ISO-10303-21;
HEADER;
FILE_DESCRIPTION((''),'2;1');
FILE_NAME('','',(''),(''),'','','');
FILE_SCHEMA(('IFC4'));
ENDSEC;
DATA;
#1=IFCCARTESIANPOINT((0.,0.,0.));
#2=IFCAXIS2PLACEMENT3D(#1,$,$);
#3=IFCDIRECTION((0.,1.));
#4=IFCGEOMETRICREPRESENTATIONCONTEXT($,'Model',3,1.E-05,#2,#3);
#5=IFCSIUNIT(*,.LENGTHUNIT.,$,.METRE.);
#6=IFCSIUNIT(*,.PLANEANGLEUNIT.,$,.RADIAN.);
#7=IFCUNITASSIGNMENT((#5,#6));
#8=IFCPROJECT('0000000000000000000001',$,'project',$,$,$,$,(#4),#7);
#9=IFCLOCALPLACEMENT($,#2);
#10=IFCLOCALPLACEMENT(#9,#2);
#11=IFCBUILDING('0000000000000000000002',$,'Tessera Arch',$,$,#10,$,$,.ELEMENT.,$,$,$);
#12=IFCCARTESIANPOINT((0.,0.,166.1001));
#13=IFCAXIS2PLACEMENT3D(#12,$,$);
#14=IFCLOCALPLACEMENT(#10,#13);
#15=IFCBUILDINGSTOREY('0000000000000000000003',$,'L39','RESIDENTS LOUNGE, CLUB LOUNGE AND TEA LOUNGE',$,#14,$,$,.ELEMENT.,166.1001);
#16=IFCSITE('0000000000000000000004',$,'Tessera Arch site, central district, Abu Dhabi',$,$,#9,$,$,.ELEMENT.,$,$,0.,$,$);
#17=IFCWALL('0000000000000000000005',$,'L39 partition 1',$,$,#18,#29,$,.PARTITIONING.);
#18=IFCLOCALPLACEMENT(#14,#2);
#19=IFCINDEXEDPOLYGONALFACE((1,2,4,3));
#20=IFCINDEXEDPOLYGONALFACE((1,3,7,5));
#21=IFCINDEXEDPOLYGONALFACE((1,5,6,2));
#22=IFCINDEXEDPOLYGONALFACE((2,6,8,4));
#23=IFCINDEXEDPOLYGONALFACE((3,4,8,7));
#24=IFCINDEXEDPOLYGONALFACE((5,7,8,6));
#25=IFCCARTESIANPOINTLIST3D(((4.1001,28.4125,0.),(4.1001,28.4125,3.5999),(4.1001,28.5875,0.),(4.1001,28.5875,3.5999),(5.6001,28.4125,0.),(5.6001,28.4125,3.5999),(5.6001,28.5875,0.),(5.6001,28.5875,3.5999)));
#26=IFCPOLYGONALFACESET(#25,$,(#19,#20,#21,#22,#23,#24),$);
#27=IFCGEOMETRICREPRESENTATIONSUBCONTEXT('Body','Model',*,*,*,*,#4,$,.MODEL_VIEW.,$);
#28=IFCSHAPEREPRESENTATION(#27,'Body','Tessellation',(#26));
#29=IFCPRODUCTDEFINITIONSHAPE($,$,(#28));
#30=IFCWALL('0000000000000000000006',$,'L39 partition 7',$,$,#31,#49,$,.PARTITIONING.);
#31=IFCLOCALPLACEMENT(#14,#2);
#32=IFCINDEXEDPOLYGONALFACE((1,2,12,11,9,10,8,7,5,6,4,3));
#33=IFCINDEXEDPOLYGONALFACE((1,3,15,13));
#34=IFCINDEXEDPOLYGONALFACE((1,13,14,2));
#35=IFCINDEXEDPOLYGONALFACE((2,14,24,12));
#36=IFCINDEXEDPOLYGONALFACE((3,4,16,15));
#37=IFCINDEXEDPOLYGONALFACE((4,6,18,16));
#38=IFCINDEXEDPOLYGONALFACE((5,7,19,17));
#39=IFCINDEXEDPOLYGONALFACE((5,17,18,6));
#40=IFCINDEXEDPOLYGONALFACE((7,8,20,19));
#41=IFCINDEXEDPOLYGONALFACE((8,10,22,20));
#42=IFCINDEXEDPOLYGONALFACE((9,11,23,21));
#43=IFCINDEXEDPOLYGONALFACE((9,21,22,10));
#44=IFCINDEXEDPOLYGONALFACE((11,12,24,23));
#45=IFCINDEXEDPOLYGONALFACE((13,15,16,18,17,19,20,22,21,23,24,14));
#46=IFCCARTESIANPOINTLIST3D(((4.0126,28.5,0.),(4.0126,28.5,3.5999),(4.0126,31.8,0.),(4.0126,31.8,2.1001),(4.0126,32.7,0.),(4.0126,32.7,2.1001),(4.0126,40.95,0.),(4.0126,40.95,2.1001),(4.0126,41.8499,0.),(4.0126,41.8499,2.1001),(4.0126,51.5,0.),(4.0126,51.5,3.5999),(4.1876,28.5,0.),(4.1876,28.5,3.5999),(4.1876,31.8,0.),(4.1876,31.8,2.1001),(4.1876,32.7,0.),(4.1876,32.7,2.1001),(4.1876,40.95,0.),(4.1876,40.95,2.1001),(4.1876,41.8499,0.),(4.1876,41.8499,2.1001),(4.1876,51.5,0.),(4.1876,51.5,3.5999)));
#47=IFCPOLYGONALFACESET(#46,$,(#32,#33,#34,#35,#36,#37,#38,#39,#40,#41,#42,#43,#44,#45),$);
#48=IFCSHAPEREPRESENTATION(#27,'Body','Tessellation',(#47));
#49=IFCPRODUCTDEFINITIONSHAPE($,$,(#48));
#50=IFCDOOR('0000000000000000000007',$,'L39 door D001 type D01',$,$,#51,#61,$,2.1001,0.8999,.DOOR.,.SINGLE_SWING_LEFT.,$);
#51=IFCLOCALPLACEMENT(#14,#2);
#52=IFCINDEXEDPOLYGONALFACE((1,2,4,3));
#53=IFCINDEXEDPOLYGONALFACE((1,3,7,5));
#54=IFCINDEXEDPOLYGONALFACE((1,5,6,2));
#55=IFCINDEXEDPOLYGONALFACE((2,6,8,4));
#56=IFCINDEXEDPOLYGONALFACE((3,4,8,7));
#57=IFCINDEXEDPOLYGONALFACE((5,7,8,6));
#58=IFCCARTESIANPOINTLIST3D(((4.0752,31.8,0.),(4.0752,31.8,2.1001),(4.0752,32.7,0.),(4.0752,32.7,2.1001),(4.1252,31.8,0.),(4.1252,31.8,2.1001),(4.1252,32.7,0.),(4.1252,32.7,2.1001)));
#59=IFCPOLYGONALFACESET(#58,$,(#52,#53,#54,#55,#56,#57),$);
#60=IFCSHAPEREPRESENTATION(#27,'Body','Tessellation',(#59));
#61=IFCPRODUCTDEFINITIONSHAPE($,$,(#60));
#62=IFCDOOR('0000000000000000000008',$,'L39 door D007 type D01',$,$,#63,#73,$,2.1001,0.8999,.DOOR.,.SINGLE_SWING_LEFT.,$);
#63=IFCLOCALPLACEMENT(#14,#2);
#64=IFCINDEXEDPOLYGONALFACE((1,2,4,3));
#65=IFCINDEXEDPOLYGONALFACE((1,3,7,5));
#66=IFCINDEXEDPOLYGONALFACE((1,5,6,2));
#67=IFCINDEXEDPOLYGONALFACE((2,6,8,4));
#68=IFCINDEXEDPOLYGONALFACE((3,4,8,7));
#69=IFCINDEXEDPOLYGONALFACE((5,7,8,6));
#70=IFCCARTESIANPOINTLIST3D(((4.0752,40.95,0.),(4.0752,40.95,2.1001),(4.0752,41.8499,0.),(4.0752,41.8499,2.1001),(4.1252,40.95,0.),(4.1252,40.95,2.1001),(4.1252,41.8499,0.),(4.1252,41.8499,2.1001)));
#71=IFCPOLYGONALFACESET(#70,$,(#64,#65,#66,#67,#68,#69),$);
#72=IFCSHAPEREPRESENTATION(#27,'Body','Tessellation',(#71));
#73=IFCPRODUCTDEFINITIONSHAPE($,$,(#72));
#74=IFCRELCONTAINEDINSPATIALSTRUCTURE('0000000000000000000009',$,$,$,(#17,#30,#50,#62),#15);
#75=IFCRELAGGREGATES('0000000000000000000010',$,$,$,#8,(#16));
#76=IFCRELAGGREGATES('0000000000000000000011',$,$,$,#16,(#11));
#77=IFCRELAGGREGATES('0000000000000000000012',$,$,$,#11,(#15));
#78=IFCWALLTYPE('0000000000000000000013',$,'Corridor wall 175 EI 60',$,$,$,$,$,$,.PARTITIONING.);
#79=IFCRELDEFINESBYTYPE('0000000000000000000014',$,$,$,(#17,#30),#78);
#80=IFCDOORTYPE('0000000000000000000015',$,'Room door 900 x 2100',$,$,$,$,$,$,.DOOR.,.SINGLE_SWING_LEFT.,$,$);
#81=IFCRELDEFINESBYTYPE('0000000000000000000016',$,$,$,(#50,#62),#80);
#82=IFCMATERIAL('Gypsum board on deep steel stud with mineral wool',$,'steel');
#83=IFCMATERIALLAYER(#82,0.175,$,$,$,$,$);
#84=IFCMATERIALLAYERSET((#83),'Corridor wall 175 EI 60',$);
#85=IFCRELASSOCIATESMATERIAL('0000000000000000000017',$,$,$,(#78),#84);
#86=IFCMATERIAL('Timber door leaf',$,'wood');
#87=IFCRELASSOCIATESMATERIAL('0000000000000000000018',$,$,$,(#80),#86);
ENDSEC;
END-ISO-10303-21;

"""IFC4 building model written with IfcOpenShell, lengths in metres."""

from ifc_helpers import new_model, si_unit, direction, frame, frame_2d, origin, place, context, subcontext, project, spatial, rectangle, extrude, material, layer, layer_set, type_object, element, fill, save


model = new_model("IFC4")

# Units and contexts
model_context = context("Model", 3, precision=1e-05, world=origin(), true_north=direction((0.0, 1.0)))
body_context = subcontext(model_context, "Body", "Model", "MODEL_VIEW")
ifc_project = project(units=[si_unit("LENGTHUNIT", "METRE"), si_unit("PLANEANGLEUNIT", "RADIAN")], contexts=[model_context])

# Site, building, storey
site_placement = place(None, origin())
site = spatial("IfcSite", under=ifc_project, at=site_placement, Name="Tessera Arch site, central district, Abu Dhabi", CompositionType="ELEMENT", RefElevation=0.0)
building_placement = place(site_placement, origin())
building = spatial("IfcBuilding", under=site, at=building_placement, Name="Tessera Arch", CompositionType="ELEMENT")
storey_placement = place(building_placement, frame((0.0, 0.0, 166.1001)))
storey = spatial("IfcBuildingStorey", under=building, at=storey_placement, Name="L39", Description="RESIDENTS LOUNGE, CLUB LOUNGE AND TEA LOUNGE", CompositionType="ELEMENT", Elevation=166.1001)

# Wall
ifc_material_1 = material(Name="Gypsum board on deep steel stud with mineral wool", Category="steel")
ifc_layer_1 = layer(ifc_material_1, 0.175)
ifc_layer_set_1 = layer_set([ifc_layer_1], Name="Corridor wall 175 EI 60")
wall_type_1 = type_object("IfcWallType", Name="Corridor wall 175 EI 60", PredefinedType="PARTITIONING", material=ifc_layer_set_1)
wall_1_placement = place(storey_placement, frame((4.1001, 28.5, 0.0), z_axis=(0.0, 0.0, 1.0), x_axis=(1.0, 0.0, 0.0)))
element("IfcWall", 1, at=wall_1_placement, inside=storey, type_object=wall_type_1, Name="L39 partition 1", PredefinedType="PARTITIONING", context=body_context, shape_type="SweptSolid", body=[
    extrude(rectangle(XDim=1.5, YDim=0.175, at=frame_2d((0.75, 0.0))), origin(), (0.0, 0.0, 1.0), 3.5999),
])

# Wall, openings, doors
wall_2_placement = place(storey_placement, frame((4.1001, 28.5, 0.0), z_axis=(0.0, 0.0, 1.0), x_axis=(0.0, 1.0, 0.0)))
wall_2 = element("IfcWall", 2, at=wall_2_placement, inside=storey, type_object=wall_type_1, Name="L39 partition 7", PredefinedType="PARTITIONING", context=body_context, shape_type="SweptSolid", body=[
    extrude(rectangle(XDim=23.0, YDim=0.175, at=frame_2d((11.5, 0.0))), origin(), (0.0, 0.0, 1.0), 3.5999),
])
opening_1_placement = place(wall_2_placement, frame((3.3, 0.0, 0.0)))
opening_1 = element("IfcOpeningElement", 3, at=opening_1_placement, cuts=wall_2, PredefinedType="OPENING", context=body_context, shape_type="SweptSolid", body=[
    extrude(rectangle(XDim=0.8999, YDim=2.1001, at=frame_2d((0.45, 1.05))), frame((0.0, 0.0974, 0.0), z_axis=(0.0, -1.0, 0.0), x_axis=(1.0, 0.0, 0.0)), (0.0, 0.0, 1.0), 0.1951),
])
opening_2_placement = place(wall_2_placement, frame((12.45, 0.0, 0.0)))
opening_2 = element("IfcOpeningElement", 4, at=opening_2_placement, cuts=wall_2, PredefinedType="OPENING", context=body_context, shape_type="SweptSolid", body=[
    extrude(rectangle(XDim=0.8999, YDim=2.1001, at=frame_2d((0.45, 1.05))), frame((0.0, 0.0974, 0.0), z_axis=(0.0, -1.0, 0.0), x_axis=(1.0, 0.0, 0.0)), (0.0, 0.0, 1.0), 0.1951),
])
ifc_material_2 = material(Name="Timber door leaf", Category="wood")
door_type_1 = type_object("IfcDoorType", Name="Room door 900 x 2100", OperationType="SINGLE_SWING_LEFT", PredefinedType="DOOR", material=ifc_material_2)
door_1_placement = place(opening_1_placement, origin())
door_1 = element("IfcDoor", 5, at=door_1_placement, inside=storey, type_object=door_type_1, Name="L39 door D001 type D01", OperationType="SINGLE_SWING_LEFT", OverallHeight=2.1001, OverallWidth=0.8999, PredefinedType="DOOR", context=body_context, shape_type="SweptSolid", body=[
    extrude(rectangle(XDim=0.8999, YDim=2.1001, at=frame_2d((0.45, 1.05))), frame((0.0, 0.0249, 0.0), z_axis=(0.0, -1.0, 0.0), x_axis=(1.0, 0.0, 0.0)), (0.0, 0.0, 1.0), 0.05),
])
fill(opening_1, door_1)
door_2_placement = place(opening_2_placement, origin())
door_2 = element("IfcDoor", 6, at=door_2_placement, inside=storey, type_object=door_type_1, Name="L39 door D007 type D01", OperationType="SINGLE_SWING_LEFT", OverallHeight=2.1001, OverallWidth=0.8999, PredefinedType="DOOR", context=body_context, shape_type="SweptSolid", body=[
    extrude(rectangle(XDim=0.8999, YDim=2.1001, at=frame_2d((0.45, 1.05))), frame((0.0, 0.0249, 0.0), z_axis=(0.0, -1.0, 0.0), x_axis=(1.0, 0.0, 0.0)), (0.0, 0.0, 1.0), 0.05),
])
fill(opening_2, door_2)

save(model, "model.ifc")
